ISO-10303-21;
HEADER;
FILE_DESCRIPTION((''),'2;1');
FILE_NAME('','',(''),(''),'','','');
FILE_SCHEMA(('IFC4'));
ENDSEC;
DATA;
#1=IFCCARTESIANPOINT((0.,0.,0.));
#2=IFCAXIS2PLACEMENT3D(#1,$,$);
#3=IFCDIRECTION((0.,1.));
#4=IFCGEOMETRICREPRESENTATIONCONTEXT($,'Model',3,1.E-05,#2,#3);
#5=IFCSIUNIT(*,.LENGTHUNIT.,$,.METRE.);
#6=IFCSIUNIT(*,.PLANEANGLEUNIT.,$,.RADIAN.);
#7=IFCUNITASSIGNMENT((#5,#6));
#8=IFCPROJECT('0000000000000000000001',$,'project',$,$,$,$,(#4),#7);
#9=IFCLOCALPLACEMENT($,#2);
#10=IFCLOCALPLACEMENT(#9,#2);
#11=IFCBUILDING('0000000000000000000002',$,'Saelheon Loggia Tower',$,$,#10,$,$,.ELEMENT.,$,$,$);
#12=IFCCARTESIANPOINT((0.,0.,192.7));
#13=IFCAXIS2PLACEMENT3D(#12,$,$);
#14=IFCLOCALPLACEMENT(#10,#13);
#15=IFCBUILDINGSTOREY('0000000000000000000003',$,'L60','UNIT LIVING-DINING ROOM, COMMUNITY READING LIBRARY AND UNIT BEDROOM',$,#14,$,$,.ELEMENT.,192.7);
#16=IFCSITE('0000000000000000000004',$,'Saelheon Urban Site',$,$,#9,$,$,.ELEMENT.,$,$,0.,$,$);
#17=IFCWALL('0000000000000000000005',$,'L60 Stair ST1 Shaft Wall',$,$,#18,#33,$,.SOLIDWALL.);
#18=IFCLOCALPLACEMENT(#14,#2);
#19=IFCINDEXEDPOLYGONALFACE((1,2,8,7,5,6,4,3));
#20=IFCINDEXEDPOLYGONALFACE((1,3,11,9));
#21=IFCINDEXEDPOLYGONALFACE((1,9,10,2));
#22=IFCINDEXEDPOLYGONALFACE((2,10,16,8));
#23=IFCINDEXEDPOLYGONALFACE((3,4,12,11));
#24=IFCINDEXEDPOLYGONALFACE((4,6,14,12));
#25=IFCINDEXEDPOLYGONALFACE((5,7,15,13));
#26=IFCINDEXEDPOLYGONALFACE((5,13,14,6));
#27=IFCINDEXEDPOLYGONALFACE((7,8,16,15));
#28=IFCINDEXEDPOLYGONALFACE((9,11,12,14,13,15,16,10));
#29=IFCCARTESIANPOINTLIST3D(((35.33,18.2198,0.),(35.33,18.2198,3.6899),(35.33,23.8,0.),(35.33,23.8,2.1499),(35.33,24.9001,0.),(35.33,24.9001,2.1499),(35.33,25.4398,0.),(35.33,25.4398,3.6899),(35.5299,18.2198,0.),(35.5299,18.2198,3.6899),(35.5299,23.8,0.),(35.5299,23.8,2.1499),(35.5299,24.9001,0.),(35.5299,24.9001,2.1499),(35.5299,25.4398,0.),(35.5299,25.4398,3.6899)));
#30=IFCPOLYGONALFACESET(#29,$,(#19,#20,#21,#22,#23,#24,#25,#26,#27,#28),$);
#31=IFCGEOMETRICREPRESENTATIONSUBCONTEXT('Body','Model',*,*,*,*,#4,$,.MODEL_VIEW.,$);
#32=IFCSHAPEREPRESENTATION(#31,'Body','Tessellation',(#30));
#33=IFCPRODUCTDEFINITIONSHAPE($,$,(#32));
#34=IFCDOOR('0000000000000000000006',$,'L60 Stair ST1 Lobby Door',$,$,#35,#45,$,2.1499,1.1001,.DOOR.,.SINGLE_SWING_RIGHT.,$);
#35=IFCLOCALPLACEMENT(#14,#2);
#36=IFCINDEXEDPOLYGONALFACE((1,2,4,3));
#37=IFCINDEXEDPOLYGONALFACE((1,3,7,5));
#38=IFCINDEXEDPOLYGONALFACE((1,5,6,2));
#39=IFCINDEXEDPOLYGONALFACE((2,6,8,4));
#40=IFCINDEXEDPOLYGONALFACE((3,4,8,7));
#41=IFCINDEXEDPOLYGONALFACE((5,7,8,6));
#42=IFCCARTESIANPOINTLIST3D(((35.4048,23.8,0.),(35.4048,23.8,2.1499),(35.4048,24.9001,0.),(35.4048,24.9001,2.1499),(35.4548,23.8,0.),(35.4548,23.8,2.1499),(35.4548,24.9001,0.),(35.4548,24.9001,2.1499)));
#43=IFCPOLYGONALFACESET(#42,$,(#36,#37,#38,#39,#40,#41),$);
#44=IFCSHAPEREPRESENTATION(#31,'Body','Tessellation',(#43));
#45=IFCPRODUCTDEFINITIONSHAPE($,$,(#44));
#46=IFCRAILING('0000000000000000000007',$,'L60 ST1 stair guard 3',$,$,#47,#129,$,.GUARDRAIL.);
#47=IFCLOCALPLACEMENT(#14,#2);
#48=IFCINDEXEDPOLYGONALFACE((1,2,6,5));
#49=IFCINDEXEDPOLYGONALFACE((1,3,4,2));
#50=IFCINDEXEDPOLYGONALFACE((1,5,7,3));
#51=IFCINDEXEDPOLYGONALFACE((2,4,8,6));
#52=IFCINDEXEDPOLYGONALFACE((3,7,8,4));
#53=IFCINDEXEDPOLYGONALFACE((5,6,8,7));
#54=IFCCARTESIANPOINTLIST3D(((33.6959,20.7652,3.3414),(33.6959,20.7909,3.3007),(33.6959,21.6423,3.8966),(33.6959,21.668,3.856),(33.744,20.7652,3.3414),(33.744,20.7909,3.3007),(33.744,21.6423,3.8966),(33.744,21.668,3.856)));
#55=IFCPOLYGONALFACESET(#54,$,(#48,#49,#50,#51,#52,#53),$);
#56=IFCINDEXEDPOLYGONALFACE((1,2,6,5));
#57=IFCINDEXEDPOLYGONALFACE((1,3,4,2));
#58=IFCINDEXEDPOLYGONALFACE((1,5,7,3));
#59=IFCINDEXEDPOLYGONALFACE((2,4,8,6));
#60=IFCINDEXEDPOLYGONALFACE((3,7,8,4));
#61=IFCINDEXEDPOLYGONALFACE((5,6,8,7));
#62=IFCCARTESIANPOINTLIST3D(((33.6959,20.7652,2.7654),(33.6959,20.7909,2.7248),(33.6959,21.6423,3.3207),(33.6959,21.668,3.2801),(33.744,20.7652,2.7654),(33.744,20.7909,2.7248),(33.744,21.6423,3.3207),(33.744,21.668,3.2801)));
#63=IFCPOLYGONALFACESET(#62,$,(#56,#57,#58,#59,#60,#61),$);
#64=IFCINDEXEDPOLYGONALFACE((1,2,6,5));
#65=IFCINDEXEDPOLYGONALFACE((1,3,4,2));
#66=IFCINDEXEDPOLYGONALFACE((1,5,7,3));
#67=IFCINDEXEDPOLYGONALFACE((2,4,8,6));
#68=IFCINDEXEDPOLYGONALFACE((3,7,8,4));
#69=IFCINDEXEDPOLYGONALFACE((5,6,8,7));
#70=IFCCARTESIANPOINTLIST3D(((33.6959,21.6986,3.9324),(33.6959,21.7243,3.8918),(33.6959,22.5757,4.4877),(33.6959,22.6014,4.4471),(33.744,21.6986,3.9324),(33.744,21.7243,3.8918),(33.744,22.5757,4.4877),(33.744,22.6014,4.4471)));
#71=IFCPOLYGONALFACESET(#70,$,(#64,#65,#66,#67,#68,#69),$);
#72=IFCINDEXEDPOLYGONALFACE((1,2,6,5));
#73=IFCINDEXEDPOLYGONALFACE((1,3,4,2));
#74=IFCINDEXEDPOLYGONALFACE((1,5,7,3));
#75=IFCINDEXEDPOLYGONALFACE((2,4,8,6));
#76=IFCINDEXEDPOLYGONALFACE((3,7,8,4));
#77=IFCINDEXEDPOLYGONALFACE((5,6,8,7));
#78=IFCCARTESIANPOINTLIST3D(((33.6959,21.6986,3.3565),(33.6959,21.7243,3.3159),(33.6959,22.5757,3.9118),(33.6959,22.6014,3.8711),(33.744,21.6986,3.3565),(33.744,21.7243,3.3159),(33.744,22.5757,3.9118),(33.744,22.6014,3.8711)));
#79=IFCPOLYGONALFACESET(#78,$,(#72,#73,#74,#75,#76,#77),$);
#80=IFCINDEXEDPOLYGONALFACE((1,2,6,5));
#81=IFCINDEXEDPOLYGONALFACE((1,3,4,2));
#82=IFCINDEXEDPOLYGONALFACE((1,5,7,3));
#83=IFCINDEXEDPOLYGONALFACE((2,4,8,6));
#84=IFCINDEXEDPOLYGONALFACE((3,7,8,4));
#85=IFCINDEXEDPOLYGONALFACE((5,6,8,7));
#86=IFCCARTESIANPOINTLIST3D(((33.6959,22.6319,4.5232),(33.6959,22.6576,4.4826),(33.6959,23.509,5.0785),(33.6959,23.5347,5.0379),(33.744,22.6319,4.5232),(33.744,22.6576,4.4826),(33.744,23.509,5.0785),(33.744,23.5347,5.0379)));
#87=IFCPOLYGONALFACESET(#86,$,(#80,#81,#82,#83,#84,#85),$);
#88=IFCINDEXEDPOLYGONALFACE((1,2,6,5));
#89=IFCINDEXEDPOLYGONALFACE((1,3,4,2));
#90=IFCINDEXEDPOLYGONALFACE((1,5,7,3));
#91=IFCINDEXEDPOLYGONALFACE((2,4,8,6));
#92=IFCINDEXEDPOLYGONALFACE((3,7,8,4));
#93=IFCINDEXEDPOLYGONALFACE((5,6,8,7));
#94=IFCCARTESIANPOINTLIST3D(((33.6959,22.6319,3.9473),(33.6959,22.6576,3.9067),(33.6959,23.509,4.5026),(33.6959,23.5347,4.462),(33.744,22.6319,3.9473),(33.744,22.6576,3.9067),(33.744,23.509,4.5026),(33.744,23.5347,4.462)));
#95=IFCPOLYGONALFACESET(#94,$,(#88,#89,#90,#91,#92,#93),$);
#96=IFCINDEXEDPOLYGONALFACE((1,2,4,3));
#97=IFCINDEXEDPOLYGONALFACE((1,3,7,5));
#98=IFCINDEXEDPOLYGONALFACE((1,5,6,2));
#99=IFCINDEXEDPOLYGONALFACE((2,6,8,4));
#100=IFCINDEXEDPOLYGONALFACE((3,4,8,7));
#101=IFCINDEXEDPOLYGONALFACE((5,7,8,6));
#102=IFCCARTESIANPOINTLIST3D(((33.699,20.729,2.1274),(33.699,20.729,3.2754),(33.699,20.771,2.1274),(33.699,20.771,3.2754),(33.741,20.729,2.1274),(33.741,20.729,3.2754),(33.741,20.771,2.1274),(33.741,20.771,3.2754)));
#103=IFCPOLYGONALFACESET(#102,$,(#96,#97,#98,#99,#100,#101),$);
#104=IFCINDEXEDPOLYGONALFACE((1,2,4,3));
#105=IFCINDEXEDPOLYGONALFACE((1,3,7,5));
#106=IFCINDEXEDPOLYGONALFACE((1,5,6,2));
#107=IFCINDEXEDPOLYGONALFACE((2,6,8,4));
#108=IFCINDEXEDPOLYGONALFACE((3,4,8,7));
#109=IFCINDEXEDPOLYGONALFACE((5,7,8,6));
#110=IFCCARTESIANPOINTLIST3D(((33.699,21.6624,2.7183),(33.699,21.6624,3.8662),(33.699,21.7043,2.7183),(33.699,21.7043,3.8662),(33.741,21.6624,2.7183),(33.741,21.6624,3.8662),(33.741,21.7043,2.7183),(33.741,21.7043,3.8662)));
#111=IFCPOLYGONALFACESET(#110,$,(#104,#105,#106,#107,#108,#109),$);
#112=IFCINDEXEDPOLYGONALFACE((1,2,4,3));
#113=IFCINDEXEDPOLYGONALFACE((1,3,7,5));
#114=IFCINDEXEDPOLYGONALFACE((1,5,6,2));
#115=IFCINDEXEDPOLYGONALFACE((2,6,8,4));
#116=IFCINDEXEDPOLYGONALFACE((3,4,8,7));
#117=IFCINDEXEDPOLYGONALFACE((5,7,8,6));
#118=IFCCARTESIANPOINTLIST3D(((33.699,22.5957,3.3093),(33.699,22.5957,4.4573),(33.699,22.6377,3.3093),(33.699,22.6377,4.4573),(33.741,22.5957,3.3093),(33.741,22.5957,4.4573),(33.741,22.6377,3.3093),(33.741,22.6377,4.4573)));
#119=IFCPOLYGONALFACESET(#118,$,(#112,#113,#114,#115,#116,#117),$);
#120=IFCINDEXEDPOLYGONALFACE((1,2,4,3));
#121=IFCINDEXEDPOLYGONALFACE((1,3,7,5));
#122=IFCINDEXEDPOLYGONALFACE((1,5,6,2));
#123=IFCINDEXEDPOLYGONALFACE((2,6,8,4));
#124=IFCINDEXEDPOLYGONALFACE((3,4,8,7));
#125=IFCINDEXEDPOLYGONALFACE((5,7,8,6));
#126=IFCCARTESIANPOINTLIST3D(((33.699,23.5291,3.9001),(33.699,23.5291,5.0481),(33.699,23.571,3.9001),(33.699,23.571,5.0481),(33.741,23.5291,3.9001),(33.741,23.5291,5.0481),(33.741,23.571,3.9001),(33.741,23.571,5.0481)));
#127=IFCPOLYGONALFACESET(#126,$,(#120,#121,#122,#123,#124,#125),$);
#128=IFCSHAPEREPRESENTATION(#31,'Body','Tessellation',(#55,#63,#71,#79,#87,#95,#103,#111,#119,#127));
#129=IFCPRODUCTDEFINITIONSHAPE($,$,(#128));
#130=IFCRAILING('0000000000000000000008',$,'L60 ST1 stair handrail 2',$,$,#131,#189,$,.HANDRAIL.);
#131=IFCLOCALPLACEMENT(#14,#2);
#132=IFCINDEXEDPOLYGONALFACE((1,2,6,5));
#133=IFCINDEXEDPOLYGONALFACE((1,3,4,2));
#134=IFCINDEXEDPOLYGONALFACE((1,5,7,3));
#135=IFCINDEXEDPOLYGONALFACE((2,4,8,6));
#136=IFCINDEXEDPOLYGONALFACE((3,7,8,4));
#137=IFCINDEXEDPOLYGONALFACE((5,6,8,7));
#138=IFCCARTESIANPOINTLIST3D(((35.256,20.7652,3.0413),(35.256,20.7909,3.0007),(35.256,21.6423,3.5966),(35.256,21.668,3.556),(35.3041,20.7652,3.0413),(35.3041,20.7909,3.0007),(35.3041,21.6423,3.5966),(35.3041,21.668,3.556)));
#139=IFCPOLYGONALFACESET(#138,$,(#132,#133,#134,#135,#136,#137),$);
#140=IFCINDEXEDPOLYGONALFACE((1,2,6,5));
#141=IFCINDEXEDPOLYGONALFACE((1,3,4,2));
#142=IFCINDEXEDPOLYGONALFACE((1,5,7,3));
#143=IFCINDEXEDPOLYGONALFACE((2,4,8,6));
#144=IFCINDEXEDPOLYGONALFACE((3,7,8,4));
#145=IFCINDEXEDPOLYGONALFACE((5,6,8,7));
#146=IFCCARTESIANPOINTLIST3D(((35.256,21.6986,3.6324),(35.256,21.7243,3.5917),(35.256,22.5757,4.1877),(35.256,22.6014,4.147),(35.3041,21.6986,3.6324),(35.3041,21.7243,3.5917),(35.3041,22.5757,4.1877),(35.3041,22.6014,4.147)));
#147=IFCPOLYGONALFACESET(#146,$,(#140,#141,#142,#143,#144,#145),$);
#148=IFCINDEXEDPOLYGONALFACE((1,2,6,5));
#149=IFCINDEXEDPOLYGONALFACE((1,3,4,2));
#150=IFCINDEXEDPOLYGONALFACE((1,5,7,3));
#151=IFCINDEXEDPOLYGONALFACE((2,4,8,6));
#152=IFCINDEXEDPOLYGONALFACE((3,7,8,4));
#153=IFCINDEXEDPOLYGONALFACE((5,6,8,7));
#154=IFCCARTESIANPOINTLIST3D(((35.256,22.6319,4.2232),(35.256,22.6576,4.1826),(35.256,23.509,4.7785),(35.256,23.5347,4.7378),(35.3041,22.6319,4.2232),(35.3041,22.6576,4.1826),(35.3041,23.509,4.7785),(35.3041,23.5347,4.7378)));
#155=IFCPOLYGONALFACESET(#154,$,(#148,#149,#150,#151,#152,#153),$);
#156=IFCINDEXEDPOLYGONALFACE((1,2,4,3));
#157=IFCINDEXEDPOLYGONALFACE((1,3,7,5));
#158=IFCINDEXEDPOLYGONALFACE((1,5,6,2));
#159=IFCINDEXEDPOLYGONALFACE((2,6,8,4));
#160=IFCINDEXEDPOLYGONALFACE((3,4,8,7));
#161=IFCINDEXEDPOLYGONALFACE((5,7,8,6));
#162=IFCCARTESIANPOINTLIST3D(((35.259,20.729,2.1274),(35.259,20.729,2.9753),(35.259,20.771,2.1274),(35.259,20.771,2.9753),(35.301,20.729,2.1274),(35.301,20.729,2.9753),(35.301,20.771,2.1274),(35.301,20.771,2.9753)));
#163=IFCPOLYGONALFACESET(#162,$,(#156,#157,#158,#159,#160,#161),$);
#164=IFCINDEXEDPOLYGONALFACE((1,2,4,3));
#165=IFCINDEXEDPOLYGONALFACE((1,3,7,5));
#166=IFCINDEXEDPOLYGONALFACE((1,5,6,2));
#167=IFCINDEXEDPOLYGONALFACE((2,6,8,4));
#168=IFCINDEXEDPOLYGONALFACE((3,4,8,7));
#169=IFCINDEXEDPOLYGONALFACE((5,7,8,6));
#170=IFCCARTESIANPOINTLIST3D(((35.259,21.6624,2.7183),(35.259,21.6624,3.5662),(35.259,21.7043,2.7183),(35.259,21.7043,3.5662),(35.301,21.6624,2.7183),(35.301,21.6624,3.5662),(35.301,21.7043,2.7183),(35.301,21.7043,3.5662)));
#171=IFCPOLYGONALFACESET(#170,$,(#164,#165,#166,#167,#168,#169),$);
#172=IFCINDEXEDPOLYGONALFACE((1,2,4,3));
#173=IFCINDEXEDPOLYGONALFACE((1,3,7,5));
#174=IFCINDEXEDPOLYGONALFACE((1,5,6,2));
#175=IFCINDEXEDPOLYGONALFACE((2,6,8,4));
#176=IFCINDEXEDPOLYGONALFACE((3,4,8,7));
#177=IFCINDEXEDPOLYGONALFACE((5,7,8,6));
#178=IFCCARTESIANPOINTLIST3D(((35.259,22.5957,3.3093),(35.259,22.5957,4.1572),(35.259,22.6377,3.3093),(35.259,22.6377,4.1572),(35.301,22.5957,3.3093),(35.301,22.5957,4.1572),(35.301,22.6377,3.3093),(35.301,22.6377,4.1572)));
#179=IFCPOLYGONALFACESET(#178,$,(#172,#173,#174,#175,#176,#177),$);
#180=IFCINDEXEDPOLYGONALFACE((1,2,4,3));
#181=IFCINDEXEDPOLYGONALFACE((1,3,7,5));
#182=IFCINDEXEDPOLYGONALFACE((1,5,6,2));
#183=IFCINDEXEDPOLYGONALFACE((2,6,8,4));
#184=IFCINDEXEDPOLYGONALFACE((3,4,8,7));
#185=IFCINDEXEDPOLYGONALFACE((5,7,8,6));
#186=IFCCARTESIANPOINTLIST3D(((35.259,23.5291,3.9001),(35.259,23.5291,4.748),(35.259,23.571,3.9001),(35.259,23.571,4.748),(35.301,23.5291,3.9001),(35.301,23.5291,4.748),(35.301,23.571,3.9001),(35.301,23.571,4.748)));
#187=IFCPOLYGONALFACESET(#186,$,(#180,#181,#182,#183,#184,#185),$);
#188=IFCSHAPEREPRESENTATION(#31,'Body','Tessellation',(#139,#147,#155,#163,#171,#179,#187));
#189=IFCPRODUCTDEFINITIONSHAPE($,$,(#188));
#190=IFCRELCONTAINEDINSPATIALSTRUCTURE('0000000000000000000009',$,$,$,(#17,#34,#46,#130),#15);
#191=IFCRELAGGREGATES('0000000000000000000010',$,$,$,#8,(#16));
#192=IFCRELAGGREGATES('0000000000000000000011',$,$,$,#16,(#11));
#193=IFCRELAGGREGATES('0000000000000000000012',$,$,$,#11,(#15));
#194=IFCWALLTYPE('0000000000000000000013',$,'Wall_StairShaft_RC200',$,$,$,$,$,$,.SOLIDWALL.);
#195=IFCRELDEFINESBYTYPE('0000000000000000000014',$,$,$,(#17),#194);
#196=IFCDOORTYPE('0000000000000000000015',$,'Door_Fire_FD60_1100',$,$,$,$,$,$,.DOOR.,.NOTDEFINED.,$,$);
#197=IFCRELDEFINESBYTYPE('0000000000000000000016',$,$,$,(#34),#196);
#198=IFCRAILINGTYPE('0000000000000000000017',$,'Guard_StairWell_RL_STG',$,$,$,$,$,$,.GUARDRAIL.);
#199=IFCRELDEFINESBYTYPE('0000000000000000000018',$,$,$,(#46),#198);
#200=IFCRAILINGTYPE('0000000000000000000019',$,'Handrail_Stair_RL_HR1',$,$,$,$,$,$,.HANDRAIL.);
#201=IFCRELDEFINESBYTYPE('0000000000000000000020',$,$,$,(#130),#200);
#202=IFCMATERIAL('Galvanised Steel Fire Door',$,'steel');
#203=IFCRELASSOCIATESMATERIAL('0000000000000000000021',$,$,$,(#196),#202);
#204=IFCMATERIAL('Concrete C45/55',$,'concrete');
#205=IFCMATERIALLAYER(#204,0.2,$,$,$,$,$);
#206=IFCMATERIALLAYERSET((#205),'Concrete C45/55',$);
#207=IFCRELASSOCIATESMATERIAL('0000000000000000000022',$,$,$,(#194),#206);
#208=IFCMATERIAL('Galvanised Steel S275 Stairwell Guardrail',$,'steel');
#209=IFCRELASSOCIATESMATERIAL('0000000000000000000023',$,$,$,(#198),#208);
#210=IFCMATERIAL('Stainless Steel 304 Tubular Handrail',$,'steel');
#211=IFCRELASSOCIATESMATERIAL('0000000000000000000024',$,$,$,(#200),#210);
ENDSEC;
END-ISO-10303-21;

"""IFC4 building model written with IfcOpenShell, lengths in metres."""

from ifc_helpers import new_model, si_unit, direction, frame, frame_2d, origin, origin_2d, place, context, subcontext, project, spatial, rectangle, extrude, source, transform, mapped, material, layer, layer_set, type_object, element, fill, save


model = new_model("IFC4")

# Units and contexts
model_context = context("Model", 3, precision=1e-05, world=origin(), true_north=direction((0.0, 1.0)))
body_context = subcontext(model_context, "Body", "Model", "MODEL_VIEW")
ifc_project = project(units=[si_unit("LENGTHUNIT", "METRE"), si_unit("PLANEANGLEUNIT", "RADIAN")], contexts=[model_context])

# Site, building, storey
site_placement = place(None, origin())
site = spatial("IfcSite", under=ifc_project, at=site_placement, Name="Saelheon Urban Site", CompositionType="ELEMENT", RefElevation=0.0)
building_placement = place(site_placement, origin())
building = spatial("IfcBuilding", under=site, at=building_placement, Name="Saelheon Loggia Tower", CompositionType="ELEMENT")
storey_placement = place(building_placement, frame((0.0, 0.0, 192.7)))
storey = spatial("IfcBuildingStorey", under=building, at=storey_placement, Name="L60", Description="UNIT LIVING-DINING ROOM, COMMUNITY READING LIBRARY AND UNIT BEDROOM", CompositionType="ELEMENT", Elevation=192.7)

# Shared definitions
shared_shape_1 = source(origin(), body_context, "Body", "SweptSolid", [
    extrude(rectangle(XDim=1.1001, YDim=2.1499, at=frame_2d((0.55, 1.075))), frame((0.0, 0.0249, 0.0), z_axis=(0.0, -1.0, 0.0), x_axis=(1.0, 0.0, 0.0)), (0.0, 0.0, 1.0), 0.05),
])

# Shared definitions
ifc_material_1 = material(Name="Galvanised Steel Fire Door", Category="steel")
door_type_1 = type_object("IfcDoorType", Name="Door_Fire_FD60_1100", OperationType="NOTDEFINED", PredefinedType="DOOR", material=ifc_material_1)

# Wall, opening, door
ifc_material_2 = material(Name="Concrete C45/55", Category="concrete")
ifc_layer_1 = layer(ifc_material_2, 0.2)
ifc_layer_set_1 = layer_set([ifc_layer_1], Name="Concrete C45/55")
wall_type_1 = type_object("IfcWallType", Name="Wall_StairShaft_RC200", PredefinedType="SOLIDWALL", material=ifc_layer_set_1)
wall_1_placement = place(storey_placement, frame((35.4299, 18.22, 0.0), z_axis=(0.0, 0.0, 1.0), x_axis=(0.0, 1.0, 0.0)))
wall_1 = element("IfcWall", 1, at=wall_1_placement, inside=storey, type_object=wall_type_1, Name="L60 Stair ST1 Shaft Wall", PredefinedType="SOLIDWALL", context=body_context, shape_type="SweptSolid", body=[
    extrude(rectangle(XDim=7.22, YDim=0.2, at=frame_2d((3.6099, 0.0))), origin(), (0.0, 0.0, 1.0), 3.6899),
])
opening_1_placement = place(wall_1_placement, frame((6.6802, 0.0, 0.0), z_axis=(0.0, 0.0, 1.0), x_axis=(-1.0, 0.0, 0.0)))
opening_1 = element("IfcOpeningElement", 2, at=opening_1_placement, cuts=wall_1, PredefinedType="OPENING", context=body_context, shape_type="SweptSolid", body=[
    extrude(rectangle(XDim=1.1001, YDim=2.1499, at=frame_2d((0.55, 1.075))), frame((0.0, 0.1121, 0.0), z_axis=(0.0, -1.0, 0.0), x_axis=(1.0, 0.0, 0.0)), (0.0, 0.0, 1.0), 0.2239),
])
door_1_placement = place(opening_1_placement, origin())
door_1 = element("IfcDoor", 3, at=door_1_placement, inside=storey, type_object=door_type_1, Name="L60 Stair ST1 Lobby Door", OperationType="SINGLE_SWING_RIGHT", OverallHeight=2.1499, OverallWidth=1.1001, PredefinedType="DOOR", context=body_context, shape_type="MappedRepresentation", body=[
    mapped(shared_shape_1, transform((0.0, 0.0, 0.0), scale=1.0)),
])
fill(opening_1, door_1)

# Railings
ifc_material_3 = material(Name="Galvanised Steel S275 Stairwell Guardrail", Category="steel")
railing_type_1 = type_object("IfcRailingType", Name="Guard_StairWell_RL_STG", PredefinedType="GUARDRAIL", material=ifc_material_3)
railing_1_placement = place(storey_placement, frame((33.72, 20.75, 2.1274)))
element("IfcRailing", 4, at=railing_1_placement, inside=storey, type_object=railing_type_1, Name="L60 ST1 stair guard 3", PredefinedType="GUARDRAIL", context=body_context, shape_type="SweptSolid", body=[
    extrude(rectangle(XDim=0.0481, YDim=0.0481, at=origin_2d()), frame((0.0, 0.0281, 1.1936), z_axis=(0.0, 0.844909, 0.53491), x_axis=(-1.0, 0.0, 0.0)), (0.0, 0.0, 1.0), 1.0381),
    extrude(rectangle(XDim=0.0481, YDim=0.0481, at=origin_2d()), frame((0.0, 0.0281, 0.6177), z_axis=(0.0, 0.844909, 0.53491), x_axis=(-1.0, 0.0, 0.0)), (0.0, 0.0, 1.0), 1.0381),
    extrude(rectangle(XDim=0.0481, YDim=0.0481, at=origin_2d()), frame((0.0, 0.9614, 1.7847), z_axis=(0.0, 0.844909, 0.53491), x_axis=(-1.0, 0.0, 0.0)), (0.0, 0.0, 1.0), 1.0381),
    extrude(rectangle(XDim=0.0481, YDim=0.0481, at=origin_2d()), frame((0.0, 0.9614, 1.2087), z_axis=(0.0, 0.844909, 0.53491), x_axis=(-1.0, 0.0, 0.0)), (0.0, 0.0, 1.0), 1.0381),
    extrude(rectangle(XDim=0.0481, YDim=0.0481, at=origin_2d()), frame((0.0, 1.8948, 2.3755), z_axis=(0.0, 0.844909, 0.53491), x_axis=(-1.0, 0.0, 0.0)), (0.0, 0.0, 1.0), 1.0381),
    extrude(rectangle(XDim=0.0481, YDim=0.0481, at=origin_2d()), frame((0.0, 1.8948, 1.7996), z_axis=(0.0, 0.844909, 0.53491), x_axis=(-1.0, 0.0, 0.0)), (0.0, 0.0, 1.0), 1.0381),
    extrude(rectangle(XDim=0.042, YDim=0.042, at=origin_2d()), origin(), (0.0, 0.0, 1.0), 1.1479),
    extrude(rectangle(XDim=0.042, YDim=0.042, at=origin_2d()), frame((0.0, 0.9333, 0.5908)), (0.0, 0.0, 1.0), 1.1479),
    extrude(rectangle(XDim=0.042, YDim=0.042, at=origin_2d()), frame((0.0, 1.8667, 1.1819)), (0.0, 0.0, 1.0), 1.1479),
    extrude(rectangle(XDim=0.042, YDim=0.042, at=origin_2d()), frame((0.0, 2.8, 1.7727)), (0.0, 0.0, 1.0), 1.1479),
])
ifc_material_4 = material(Name="Stainless Steel 304 Tubular Handrail", Category="steel")
railing_type_2 = type_object("IfcRailingType", Name="Handrail_Stair_RL_HR1", PredefinedType="HANDRAIL", material=ifc_material_4)
railing_2_placement = place(storey_placement, frame((35.28, 20.75, 2.1274)))
element("IfcRailing", 5, at=railing_2_placement, inside=storey, type_object=railing_type_2, Name="L60 ST1 stair handrail 2", PredefinedType="HANDRAIL", context=body_context, shape_type="SweptSolid", body=[
    extrude(rectangle(XDim=0.0481, YDim=0.0481, at=origin_2d()), frame((0.0, 0.0281, 0.8936), z_axis=(0.0, 0.844909, 0.53491), x_axis=(-1.0, 0.0, 0.0)), (0.0, 0.0, 1.0), 1.0381),
    extrude(rectangle(XDim=0.0481, YDim=0.0481, at=origin_2d()), frame((0.0, 0.9614, 1.4846), z_axis=(0.0, 0.844909, 0.53491), x_axis=(-1.0, 0.0, 0.0)), (0.0, 0.0, 1.0), 1.0381),
    extrude(rectangle(XDim=0.0481, YDim=0.0481, at=origin_2d()), frame((0.0, 1.8948, 2.0754), z_axis=(0.0, 0.844909, 0.53491), x_axis=(-1.0, 0.0, 0.0)), (0.0, 0.0, 1.0), 1.0381),
    extrude(rectangle(XDim=0.042, YDim=0.042, at=origin_2d()), origin(), (0.0, 0.0, 1.0), 0.8479),
    extrude(rectangle(XDim=0.042, YDim=0.042, at=origin_2d()), frame((0.0, 0.9333, 0.5908)), (0.0, 0.0, 1.0), 0.8479),
    extrude(rectangle(XDim=0.042, YDim=0.042, at=origin_2d()), frame((0.0, 1.8667, 1.1819)), (0.0, 0.0, 1.0), 0.8479),
    extrude(rectangle(XDim=0.042, YDim=0.042, at=origin_2d()), frame((0.0, 2.8, 1.7727)), (0.0, 0.0, 1.0), 0.8479),
])

save(model, "model.ifc")
